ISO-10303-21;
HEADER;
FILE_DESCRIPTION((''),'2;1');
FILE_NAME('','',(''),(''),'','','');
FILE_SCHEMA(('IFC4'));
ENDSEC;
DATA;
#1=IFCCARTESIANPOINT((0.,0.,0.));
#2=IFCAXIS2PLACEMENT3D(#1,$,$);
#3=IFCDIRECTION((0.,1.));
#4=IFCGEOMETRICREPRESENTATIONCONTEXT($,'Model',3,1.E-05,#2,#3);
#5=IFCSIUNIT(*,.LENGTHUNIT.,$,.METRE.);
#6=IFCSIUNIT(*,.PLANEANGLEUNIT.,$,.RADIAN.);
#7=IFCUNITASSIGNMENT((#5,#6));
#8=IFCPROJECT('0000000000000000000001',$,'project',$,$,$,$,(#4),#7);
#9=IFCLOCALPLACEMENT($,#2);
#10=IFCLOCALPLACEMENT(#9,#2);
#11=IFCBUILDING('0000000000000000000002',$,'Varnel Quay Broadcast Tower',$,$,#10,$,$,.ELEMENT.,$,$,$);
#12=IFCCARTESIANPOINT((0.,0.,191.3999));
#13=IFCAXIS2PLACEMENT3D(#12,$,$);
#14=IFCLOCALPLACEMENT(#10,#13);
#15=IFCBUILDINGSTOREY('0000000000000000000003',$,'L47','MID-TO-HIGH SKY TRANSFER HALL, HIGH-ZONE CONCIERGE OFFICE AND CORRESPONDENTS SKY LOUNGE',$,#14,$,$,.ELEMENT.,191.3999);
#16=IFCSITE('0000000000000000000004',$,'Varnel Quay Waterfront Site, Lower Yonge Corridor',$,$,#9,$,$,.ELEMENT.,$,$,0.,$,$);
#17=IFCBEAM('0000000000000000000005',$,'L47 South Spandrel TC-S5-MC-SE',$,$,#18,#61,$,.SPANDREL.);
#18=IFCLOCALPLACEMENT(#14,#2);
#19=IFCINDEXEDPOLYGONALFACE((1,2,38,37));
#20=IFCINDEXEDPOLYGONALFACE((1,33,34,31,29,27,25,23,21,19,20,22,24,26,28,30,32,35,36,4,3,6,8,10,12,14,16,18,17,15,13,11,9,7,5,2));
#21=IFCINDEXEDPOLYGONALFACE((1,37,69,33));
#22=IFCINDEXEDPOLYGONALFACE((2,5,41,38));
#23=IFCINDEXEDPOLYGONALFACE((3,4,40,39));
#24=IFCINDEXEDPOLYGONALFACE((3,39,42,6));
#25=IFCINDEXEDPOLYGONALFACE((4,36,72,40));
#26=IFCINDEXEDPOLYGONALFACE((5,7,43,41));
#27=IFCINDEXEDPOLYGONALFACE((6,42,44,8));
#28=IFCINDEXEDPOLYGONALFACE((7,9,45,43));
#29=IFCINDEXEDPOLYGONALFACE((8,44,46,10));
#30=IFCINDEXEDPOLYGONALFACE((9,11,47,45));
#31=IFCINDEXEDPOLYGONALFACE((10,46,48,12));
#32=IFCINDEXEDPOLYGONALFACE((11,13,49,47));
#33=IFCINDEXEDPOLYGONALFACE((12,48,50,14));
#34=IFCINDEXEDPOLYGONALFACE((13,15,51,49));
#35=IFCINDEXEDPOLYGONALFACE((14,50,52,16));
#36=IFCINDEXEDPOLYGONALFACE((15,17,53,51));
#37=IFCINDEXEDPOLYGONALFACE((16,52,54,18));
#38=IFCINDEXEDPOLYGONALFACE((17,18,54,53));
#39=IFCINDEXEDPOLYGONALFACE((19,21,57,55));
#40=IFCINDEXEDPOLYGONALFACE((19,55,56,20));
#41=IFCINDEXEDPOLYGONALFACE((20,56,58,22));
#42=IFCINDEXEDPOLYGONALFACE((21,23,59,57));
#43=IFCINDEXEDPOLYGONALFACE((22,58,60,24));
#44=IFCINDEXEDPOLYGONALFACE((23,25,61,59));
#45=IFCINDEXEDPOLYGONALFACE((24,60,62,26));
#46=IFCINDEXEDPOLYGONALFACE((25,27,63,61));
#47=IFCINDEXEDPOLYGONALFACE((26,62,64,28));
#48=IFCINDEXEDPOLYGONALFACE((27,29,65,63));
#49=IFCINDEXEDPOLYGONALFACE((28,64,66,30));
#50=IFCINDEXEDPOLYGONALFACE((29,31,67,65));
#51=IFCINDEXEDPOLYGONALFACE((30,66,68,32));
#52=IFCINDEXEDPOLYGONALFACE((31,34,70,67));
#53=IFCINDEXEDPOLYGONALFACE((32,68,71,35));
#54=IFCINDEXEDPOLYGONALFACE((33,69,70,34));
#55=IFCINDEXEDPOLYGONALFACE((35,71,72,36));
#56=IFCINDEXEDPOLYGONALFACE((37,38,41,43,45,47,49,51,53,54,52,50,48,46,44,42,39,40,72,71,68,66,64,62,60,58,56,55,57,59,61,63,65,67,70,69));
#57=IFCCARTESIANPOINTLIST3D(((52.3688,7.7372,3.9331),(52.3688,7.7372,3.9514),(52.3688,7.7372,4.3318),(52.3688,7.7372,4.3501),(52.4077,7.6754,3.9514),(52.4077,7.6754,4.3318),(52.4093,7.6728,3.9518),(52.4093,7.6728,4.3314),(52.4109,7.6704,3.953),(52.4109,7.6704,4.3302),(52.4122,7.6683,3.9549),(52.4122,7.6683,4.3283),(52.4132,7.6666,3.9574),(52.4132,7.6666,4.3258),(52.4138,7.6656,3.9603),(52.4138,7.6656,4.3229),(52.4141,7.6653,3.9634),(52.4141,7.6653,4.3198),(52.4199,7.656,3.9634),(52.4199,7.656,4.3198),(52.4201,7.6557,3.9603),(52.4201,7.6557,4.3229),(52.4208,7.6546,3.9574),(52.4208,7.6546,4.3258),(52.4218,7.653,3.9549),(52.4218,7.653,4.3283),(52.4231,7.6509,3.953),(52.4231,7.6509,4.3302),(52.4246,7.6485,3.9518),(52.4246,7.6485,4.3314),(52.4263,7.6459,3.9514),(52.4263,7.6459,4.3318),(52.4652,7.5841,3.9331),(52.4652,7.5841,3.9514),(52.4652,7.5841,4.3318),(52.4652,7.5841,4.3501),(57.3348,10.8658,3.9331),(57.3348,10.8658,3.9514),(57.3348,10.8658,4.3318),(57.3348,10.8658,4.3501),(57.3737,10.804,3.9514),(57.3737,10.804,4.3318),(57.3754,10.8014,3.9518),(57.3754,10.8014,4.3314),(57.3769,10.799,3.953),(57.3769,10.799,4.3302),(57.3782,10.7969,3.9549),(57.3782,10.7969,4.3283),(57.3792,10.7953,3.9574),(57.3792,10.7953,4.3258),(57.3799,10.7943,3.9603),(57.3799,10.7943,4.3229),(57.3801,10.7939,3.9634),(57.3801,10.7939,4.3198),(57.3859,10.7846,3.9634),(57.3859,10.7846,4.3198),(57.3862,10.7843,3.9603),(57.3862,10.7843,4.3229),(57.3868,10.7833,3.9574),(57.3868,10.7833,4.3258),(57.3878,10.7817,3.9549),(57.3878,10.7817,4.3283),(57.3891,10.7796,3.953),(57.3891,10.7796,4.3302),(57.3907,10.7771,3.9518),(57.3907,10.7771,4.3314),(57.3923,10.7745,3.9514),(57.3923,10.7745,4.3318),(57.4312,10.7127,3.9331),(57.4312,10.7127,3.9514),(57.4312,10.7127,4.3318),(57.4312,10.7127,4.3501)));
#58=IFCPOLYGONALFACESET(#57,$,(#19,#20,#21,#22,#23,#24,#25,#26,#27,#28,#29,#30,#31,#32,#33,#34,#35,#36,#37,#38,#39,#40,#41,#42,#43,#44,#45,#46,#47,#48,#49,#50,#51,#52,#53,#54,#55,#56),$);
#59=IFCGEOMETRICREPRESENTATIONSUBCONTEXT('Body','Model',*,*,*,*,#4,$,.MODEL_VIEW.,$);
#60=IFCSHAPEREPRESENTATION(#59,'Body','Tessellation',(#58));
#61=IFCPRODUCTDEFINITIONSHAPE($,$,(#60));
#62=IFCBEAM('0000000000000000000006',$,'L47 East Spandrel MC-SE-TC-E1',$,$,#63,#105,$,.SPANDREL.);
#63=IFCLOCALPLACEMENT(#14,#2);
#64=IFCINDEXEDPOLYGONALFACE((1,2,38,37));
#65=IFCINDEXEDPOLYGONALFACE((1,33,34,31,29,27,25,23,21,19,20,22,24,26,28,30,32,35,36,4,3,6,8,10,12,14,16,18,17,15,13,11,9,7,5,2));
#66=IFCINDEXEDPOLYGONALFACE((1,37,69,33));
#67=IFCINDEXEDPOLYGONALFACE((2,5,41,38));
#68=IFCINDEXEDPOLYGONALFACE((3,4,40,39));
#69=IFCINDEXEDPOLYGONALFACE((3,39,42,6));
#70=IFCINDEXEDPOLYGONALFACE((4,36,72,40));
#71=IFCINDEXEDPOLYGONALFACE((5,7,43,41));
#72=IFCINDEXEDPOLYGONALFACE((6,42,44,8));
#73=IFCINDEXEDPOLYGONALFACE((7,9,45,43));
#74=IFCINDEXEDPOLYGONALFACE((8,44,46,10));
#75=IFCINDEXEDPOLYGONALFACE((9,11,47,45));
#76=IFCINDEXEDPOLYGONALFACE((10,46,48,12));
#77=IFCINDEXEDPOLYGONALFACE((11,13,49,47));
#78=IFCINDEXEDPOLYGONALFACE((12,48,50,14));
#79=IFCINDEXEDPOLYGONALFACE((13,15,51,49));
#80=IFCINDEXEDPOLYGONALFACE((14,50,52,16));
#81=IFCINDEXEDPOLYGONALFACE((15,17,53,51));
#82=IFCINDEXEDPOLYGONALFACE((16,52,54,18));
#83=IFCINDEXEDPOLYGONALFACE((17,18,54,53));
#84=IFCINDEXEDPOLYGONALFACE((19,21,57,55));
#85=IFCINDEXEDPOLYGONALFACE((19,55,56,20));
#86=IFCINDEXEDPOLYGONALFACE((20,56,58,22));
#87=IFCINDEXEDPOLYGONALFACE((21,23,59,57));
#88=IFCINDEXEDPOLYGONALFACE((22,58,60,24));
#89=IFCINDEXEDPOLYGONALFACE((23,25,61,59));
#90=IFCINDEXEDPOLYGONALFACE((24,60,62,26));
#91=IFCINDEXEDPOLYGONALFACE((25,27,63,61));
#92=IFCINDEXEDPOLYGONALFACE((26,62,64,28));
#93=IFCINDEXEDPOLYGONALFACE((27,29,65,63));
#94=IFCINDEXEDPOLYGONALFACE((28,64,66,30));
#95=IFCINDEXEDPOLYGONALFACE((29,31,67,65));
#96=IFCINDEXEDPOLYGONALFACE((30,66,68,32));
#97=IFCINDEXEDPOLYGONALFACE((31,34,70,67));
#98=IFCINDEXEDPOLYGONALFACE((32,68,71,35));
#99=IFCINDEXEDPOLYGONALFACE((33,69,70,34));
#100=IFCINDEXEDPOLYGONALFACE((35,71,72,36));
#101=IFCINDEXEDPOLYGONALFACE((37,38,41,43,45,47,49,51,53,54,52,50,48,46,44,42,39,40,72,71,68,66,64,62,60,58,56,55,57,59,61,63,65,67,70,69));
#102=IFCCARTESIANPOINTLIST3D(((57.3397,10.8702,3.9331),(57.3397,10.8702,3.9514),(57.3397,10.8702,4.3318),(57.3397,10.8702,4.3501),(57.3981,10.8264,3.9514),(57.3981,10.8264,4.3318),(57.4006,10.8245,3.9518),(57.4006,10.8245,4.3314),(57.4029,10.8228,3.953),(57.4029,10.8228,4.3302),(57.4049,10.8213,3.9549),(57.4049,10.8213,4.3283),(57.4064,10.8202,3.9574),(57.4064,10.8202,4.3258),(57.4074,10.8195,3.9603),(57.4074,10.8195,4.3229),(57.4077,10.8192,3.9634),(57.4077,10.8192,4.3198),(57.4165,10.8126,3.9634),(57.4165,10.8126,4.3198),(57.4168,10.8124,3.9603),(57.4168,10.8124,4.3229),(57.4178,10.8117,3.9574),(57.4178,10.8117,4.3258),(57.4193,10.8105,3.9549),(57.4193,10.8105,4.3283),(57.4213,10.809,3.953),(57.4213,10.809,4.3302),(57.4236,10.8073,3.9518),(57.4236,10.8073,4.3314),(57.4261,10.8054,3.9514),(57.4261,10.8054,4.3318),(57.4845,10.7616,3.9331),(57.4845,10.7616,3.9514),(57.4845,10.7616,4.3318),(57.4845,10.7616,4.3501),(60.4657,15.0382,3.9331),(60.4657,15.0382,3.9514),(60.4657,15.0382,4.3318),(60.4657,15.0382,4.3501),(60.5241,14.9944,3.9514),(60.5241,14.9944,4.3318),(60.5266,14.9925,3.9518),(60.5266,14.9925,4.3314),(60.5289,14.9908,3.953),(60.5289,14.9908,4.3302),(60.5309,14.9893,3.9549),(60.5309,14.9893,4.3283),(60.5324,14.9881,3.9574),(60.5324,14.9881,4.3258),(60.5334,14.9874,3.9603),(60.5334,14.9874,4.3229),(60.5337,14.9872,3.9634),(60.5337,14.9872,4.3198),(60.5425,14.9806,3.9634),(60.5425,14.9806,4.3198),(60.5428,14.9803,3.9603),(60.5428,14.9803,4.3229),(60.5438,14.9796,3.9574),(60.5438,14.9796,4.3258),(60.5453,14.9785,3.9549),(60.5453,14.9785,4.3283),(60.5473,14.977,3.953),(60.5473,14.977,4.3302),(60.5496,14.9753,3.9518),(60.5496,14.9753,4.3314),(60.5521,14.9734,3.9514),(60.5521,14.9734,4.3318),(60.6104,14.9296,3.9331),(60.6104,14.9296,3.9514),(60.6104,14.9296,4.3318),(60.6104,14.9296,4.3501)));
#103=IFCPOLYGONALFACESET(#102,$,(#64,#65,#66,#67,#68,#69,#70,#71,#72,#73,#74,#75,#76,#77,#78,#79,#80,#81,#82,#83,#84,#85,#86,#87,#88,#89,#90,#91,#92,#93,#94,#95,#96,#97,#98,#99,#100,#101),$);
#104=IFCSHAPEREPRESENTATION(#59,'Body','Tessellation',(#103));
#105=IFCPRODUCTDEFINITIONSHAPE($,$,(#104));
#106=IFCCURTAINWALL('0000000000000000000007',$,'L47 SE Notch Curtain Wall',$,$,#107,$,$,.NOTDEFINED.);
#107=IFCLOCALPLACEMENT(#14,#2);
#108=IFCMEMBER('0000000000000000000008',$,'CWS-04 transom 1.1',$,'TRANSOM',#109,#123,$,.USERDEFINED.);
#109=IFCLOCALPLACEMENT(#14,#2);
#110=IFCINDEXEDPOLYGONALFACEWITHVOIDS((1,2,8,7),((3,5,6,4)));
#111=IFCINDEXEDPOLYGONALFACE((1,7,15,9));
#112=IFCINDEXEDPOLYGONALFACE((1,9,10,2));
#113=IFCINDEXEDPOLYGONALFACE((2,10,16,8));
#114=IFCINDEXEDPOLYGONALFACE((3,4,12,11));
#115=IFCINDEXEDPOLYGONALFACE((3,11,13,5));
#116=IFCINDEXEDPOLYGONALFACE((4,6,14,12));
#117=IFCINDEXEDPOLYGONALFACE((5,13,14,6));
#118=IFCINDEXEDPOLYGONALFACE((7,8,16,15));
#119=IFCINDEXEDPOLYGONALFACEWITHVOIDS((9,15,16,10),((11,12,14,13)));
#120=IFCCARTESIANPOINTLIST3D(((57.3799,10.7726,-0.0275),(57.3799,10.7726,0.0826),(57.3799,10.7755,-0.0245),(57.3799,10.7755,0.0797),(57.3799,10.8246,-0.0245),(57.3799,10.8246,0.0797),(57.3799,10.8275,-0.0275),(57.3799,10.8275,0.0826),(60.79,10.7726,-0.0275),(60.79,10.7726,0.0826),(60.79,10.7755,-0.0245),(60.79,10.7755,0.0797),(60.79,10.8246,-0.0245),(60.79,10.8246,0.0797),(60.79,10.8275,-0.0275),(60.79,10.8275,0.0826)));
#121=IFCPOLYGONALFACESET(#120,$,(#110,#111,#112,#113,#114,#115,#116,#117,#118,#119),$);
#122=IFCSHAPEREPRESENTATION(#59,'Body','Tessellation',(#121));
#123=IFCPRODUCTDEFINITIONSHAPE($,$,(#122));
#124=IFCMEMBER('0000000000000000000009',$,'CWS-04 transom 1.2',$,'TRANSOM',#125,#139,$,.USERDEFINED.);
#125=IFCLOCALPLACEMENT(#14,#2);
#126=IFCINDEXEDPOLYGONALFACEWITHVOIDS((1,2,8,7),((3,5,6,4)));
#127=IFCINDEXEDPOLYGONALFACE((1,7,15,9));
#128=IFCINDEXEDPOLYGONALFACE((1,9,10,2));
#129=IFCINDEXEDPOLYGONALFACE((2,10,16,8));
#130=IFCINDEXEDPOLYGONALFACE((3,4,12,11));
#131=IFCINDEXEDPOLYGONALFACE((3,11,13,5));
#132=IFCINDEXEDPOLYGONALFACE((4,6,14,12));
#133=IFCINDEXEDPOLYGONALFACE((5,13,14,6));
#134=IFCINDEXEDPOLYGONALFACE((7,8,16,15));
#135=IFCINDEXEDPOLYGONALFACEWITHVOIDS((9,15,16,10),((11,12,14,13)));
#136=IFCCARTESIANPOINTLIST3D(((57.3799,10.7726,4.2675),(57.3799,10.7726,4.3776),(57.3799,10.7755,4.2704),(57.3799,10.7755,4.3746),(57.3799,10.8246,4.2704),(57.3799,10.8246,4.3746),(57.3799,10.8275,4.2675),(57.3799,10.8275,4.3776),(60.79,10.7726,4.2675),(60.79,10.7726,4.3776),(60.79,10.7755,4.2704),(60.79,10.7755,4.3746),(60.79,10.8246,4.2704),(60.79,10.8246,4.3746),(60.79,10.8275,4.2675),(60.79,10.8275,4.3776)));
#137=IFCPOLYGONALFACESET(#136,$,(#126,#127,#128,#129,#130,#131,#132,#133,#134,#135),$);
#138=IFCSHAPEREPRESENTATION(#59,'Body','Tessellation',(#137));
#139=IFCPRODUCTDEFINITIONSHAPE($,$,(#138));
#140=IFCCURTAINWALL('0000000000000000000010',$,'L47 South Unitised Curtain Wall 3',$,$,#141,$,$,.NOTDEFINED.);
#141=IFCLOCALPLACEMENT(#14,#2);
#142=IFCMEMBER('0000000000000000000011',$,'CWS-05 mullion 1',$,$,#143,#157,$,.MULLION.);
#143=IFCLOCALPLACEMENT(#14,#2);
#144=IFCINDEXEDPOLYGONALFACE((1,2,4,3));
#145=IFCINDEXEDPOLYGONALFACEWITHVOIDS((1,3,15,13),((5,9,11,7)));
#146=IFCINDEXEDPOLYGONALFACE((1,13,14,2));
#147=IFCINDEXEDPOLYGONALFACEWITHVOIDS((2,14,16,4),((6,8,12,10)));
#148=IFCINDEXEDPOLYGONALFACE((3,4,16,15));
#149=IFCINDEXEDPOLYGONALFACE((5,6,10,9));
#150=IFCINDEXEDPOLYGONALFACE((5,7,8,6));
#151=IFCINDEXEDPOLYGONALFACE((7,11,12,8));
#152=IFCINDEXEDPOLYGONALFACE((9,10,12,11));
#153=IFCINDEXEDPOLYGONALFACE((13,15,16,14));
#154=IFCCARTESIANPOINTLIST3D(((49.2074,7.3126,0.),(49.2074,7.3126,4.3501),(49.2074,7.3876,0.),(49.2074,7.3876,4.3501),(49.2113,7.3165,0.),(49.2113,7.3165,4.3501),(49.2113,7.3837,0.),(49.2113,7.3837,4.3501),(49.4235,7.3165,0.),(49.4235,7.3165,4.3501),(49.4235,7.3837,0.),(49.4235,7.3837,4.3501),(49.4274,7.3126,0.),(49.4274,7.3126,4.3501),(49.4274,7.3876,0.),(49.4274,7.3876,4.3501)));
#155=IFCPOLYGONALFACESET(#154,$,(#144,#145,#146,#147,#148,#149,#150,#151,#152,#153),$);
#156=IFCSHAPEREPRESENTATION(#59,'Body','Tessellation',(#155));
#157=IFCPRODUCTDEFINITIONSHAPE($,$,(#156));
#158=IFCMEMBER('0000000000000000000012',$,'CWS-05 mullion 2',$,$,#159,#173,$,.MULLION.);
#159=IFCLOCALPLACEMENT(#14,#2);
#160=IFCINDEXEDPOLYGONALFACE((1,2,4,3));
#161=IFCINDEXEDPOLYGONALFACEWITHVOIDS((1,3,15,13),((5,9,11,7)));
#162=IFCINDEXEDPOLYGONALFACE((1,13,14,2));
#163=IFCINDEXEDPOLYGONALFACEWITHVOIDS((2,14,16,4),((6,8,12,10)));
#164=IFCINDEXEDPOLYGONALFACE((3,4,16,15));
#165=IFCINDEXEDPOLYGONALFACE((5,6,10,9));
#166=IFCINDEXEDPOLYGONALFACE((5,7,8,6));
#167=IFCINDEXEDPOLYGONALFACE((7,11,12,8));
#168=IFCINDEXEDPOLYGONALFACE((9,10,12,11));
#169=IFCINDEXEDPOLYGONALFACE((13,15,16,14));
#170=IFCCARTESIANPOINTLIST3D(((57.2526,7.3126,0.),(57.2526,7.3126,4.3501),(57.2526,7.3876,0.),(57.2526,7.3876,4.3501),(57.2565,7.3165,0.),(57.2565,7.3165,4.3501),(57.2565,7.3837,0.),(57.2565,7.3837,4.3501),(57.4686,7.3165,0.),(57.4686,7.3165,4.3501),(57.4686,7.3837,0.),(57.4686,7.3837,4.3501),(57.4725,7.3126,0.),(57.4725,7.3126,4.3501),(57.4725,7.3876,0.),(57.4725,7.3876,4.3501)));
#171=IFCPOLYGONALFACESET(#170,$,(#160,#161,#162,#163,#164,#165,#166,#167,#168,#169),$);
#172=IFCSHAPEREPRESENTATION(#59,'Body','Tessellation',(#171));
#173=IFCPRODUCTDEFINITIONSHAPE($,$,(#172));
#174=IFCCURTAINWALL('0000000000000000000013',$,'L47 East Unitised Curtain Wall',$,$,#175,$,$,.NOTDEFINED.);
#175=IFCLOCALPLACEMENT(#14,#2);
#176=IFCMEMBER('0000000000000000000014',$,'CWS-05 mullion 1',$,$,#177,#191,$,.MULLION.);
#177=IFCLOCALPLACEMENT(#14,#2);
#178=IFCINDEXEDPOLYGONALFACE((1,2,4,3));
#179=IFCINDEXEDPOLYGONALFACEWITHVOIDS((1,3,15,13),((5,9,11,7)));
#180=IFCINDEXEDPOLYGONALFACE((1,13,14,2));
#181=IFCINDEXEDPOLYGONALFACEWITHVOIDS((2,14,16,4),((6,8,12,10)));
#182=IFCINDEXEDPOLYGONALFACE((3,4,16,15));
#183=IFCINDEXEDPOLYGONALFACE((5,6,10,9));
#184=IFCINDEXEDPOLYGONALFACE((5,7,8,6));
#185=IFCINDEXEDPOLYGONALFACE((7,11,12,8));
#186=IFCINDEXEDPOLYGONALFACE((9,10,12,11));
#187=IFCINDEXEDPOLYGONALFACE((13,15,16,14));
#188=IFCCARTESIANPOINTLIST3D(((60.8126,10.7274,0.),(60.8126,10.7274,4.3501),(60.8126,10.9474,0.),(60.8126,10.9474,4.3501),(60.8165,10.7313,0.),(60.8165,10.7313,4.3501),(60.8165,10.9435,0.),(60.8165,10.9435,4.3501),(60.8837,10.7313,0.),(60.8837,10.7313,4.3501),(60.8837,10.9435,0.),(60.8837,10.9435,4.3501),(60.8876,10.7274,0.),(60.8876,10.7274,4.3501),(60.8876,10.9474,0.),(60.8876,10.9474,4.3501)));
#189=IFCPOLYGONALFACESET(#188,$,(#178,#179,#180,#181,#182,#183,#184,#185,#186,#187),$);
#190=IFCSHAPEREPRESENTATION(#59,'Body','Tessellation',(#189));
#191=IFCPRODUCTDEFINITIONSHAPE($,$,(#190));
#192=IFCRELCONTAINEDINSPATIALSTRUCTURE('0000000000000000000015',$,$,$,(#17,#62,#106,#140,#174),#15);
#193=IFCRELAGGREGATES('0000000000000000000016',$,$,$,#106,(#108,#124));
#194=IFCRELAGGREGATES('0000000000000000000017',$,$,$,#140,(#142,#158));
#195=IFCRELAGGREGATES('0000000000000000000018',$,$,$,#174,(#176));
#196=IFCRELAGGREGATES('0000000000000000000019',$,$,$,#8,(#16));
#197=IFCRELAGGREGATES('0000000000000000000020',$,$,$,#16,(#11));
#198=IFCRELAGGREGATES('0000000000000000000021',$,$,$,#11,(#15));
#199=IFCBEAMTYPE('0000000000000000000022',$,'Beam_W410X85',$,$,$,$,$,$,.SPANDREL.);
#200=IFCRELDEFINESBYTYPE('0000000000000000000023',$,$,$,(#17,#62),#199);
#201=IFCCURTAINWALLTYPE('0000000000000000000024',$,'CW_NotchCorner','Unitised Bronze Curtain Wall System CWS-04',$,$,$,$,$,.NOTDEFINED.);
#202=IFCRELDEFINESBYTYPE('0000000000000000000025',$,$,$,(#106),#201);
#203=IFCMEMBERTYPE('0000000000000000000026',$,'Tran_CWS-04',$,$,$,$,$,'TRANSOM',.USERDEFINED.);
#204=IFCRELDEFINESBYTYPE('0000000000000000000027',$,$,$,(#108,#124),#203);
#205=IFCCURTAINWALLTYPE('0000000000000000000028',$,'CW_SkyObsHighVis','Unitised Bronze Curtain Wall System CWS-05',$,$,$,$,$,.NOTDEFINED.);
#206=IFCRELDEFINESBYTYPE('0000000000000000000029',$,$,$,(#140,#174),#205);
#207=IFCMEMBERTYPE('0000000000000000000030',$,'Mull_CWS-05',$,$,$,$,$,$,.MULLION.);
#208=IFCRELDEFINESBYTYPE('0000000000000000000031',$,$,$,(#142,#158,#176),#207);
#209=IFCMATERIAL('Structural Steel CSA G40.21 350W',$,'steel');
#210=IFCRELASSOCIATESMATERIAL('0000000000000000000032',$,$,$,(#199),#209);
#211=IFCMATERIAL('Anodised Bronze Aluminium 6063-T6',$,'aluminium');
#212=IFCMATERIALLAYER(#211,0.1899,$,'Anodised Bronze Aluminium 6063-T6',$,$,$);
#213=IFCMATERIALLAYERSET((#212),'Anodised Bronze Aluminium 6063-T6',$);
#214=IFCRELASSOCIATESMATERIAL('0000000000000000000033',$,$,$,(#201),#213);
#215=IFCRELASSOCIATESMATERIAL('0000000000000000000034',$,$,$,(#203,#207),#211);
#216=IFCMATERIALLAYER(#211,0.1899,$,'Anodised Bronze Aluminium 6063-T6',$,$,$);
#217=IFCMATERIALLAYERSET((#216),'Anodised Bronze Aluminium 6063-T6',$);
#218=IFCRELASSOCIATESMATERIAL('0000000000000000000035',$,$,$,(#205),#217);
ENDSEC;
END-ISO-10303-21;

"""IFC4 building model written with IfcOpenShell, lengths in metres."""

from ifc_helpers import new_model, si_unit, direction, frame, origin, origin_2d, place, context, subcontext, project, spatial, hollow_rectangle, i_section, extrude, source, transform, mapped, material, layer, layer_set, material_profile, profile_set, type_object, type_shapes, element, aggregate, save


model = new_model("IFC4")

# Units and contexts
model_context = context("Model", 3, precision=1e-05, world=origin(), true_north=direction((0.0, 1.0)))
body_context = subcontext(model_context, "Body", "Model", "MODEL_VIEW")
ifc_project = project(units=[si_unit("LENGTHUNIT", "METRE"), si_unit("PLANEANGLEUNIT", "RADIAN")], contexts=[model_context])

# Site, building, storey
site_placement = place(None, origin())
site = spatial("IfcSite", under=ifc_project, at=site_placement, Name="Varnel Quay Waterfront Site, Lower Yonge Corridor", CompositionType="ELEMENT", RefElevation=0.0)
building_placement = place(site_placement, origin())
building = spatial("IfcBuilding", under=site, at=building_placement, Name="Varnel Quay Broadcast Tower", CompositionType="ELEMENT")
storey_placement = place(building_placement, frame((0.0, 0.0, 191.3999)))
storey = spatial("IfcBuildingStorey", under=building, at=storey_placement, Name="L47", Description="MID-TO-HIGH SKY TRANSFER HALL, HIGH-ZONE CONCIERGE OFFICE AND CORRESPONDENTS SKY LOUNGE", CompositionType="ELEMENT", Elevation=191.3999)

# Shared definitions
ifc_material_1 = material(Name="Structural Steel CSA G40.21 350W", Category="steel")

# Beams
ifc_material_profile_1 = material_profile(ifc_material_1, i_section(OverallWidth=0.1809, OverallDepth=0.417, WebThickness=0.011, FlangeThickness=0.0183, FilletRadius=0.012, at=origin_2d()), Name="W410X85")
ifc_profile_set_1 = profile_set([ifc_material_profile_1], Name="Structural Steel CSA G40.21 350W")
beam_type = type_object("IfcBeamType", Name="Beam_W410X85", PredefinedType="SPANDREL", material=ifc_profile_set_1)
shared_shape_1 = source(origin(), body_context, "Body", "SweptSolid", [
    extrude(i_section(OverallWidth=0.1809, OverallDepth=0.417, WebThickness=0.011, FlangeThickness=0.0183, FilletRadius=0.012, at=origin_2d()), origin(), (0.0, 0.0, 1.0), 5.8694),
])
beam_1_placement = place(storey_placement, frame((52.417, 7.6606, 4.1416), z_axis=(0.846088, 0.533043, 0.0), x_axis=(-0.533043, 0.846088, 0.0)))
element("IfcBeam", 1, at=beam_1_placement, inside=storey, type_object=beam_type, Name="L47 South Spandrel TC-S5-MC-SE", PredefinedType="SPANDREL", context=body_context, shape_type="MappedRepresentation", body=[
    mapped(shared_shape_1, transform((0.0, 0.0, 0.0), x_axis=(1.0, 0.0, 0.0), y_axis=(0.0, 1.0, 0.0), z_axis=(0.0, 0.0, 1.0), scale=1.0)),
])
shared_shape_2 = source(origin(), body_context, "Body", "SweptSolid", [
    extrude(i_section(OverallWidth=0.1809, OverallDepth=0.417, WebThickness=0.011, FlangeThickness=0.0183, FilletRadius=0.012, at=origin_2d()), origin(), (0.0, 0.0, 1.0), 5.21),
])
beam_2_placement = place(storey_placement, frame((57.4121, 10.8159, 4.1416), z_axis=(0.6, 0.8, 0.0), x_axis=(-0.8, 0.6, 0.0)))
element("IfcBeam", 2, at=beam_2_placement, inside=storey, type_object=beam_type, Name="L47 East Spandrel MC-SE-TC-E1", PredefinedType="SPANDREL", context=body_context, shape_type="MappedRepresentation", body=[
    mapped(shared_shape_2, transform((0.0, 0.0, 0.0), x_axis=(1.0, 0.0, 0.0), y_axis=(0.0, 1.0, 0.0), z_axis=(0.0, 0.0, 1.0), scale=1.0)),
])

# Curtain walls, members
ifc_material_2 = material(Name="Anodised Bronze Aluminium 6063-T6", Category="aluminium")
ifc_layer_1 = layer(ifc_material_2, 0.1899, Name="Anodised Bronze Aluminium 6063-T6")
ifc_layer_set_1 = layer_set([ifc_layer_1], Name="Anodised Bronze Aluminium 6063-T6")
curtain_wall_type_1 = type_object("IfcCurtainWallType", Name="CW_NotchCorner", Description="Unitised Bronze Curtain Wall System CWS-04", PredefinedType="NOTDEFINED", material=ifc_layer_set_1)
curtain_wall_1_placement = place(storey_placement, origin())
curtain_wall_1 = element("IfcCurtainWall", 3, at=curtain_wall_1_placement, inside=storey, type_object=curtain_wall_type_1, Name="L47 SE Notch Curtain Wall", PredefinedType="NOTDEFINED")
ifc_material_profile_2 = material_profile(ifc_material_2, hollow_rectangle(XDim=0.0549, YDim=0.1101, WallThickness=0.0029, at=origin_2d()), Name="ALU55X110X3")
ifc_profile_set_2 = profile_set([ifc_material_profile_2], Name="Anodised Bronze Aluminium 6063-T6")
member_type_1 = type_object("IfcMemberType", Name="Tran_CWS-04", ElementType="TRANSOM", PredefinedType="USERDEFINED", material=ifc_profile_set_2)
shared_shape_3 = source(origin(), body_context, "Body", "SweptSolid", [
    extrude(hollow_rectangle(XDim=0.0549, YDim=0.1101, WallThickness=0.0029, at=origin_2d()), origin(), (0.0, 0.0, 1.0), 3.4102),
])
type_shapes(member_type_1, [shared_shape_3])
member_1_placement = place(storey_placement, frame((57.3799, 10.8, 0.0276), z_axis=(1.0, 0.0, 0.0), x_axis=(0.0, 1.0, 0.0)))
member_1 = element("IfcMember", 4, at=member_1_placement, type_object=member_type_1, Name="CWS-04 transom 1.1", ObjectType="TRANSOM", PredefinedType="USERDEFINED", context=body_context, shape_type="MappedRepresentation", body=[
    mapped(shared_shape_3, transform((0.0, 0.0, 0.0), x_axis=(1.0, 0.0, 0.0), y_axis=(0.0, 1.0, 0.0), z_axis=(0.0, 0.0, 1.0), scale=1.0)),
])
member_2_placement = place(storey_placement, frame((57.3799, 10.8, 4.3225), z_axis=(1.0, 0.0, 0.0), x_axis=(0.0, 1.0, 0.0)))
member_2 = element("IfcMember", 5, at=member_2_placement, type_object=member_type_1, Name="CWS-04 transom 1.2", ObjectType="TRANSOM", PredefinedType="USERDEFINED", context=body_context, shape_type="MappedRepresentation", body=[
    mapped(shared_shape_3, transform((0.0, 0.0, 0.0), x_axis=(1.0, 0.0, 0.0), y_axis=(0.0, 1.0, 0.0), z_axis=(0.0, 0.0, 1.0), scale=1.0)),
])
ifc_layer_2 = layer(ifc_material_2, 0.1899, Name="Anodised Bronze Aluminium 6063-T6")
ifc_layer_set_2 = layer_set([ifc_layer_2], Name="Anodised Bronze Aluminium 6063-T6")
curtain_wall_type_2 = type_object("IfcCurtainWallType", Name="CW_SkyObsHighVis", Description="Unitised Bronze Curtain Wall System CWS-05", PredefinedType="NOTDEFINED", material=ifc_layer_set_2)
curtain_wall_2_placement = place(storey_placement, origin())
curtain_wall_2 = element("IfcCurtainWall", 6, at=curtain_wall_2_placement, inside=storey, type_object=curtain_wall_type_2, Name="L47 South Unitised Curtain Wall 3", PredefinedType="NOTDEFINED")
ifc_material_profile_3 = material_profile(ifc_material_2, hollow_rectangle(XDim=0.075, YDim=0.22, WallThickness=0.0039, at=origin_2d()), Name="ALU75X220X4")
ifc_profile_set_3 = profile_set([ifc_material_profile_3], Name="Anodised Bronze Aluminium 6063-T6")
member_type_2 = type_object("IfcMemberType", Name="Mull_CWS-05", PredefinedType="MULLION", material=ifc_profile_set_3)
shared_shape_4 = source(origin(), body_context, "Body", "SweptSolid", [
    extrude(hollow_rectangle(XDim=0.075, YDim=0.22, WallThickness=0.0039, at=origin_2d()), origin(), (0.0, 0.0, 1.0), 4.3501),
])
type_shapes(member_type_2, [shared_shape_4])
member_3_placement = place(storey_placement, frame((49.3174, 7.3501, 0.0), z_axis=(0.0, 0.0, 1.0), x_axis=(0.0, 1.0, 0.0)))
member_3 = element("IfcMember", 7, at=member_3_placement, type_object=member_type_2, Name="CWS-05 mullion 1", PredefinedType="MULLION", context=body_context, shape_type="MappedRepresentation", body=[
    mapped(shared_shape_4, transform((0.0, 0.0, 0.0), x_axis=(1.0, 0.0, 0.0), y_axis=(0.0, 1.0, 0.0), z_axis=(0.0, 0.0, 1.0), scale=1.0)),
])
member_4_placement = place(storey_placement, frame((57.3625, 7.3501, 0.0), z_axis=(0.0, 0.0, 1.0), x_axis=(0.0, 1.0, 0.0)))
member_4 = element("IfcMember", 8, at=member_4_placement, type_object=member_type_2, Name="CWS-05 mullion 2", PredefinedType="MULLION", context=body_context, shape_type="MappedRepresentation", body=[
    mapped(shared_shape_4, transform((0.0, 0.0, 0.0), x_axis=(1.0, 0.0, 0.0), y_axis=(0.0, 1.0, 0.0), z_axis=(0.0, 0.0, 1.0), scale=1.0)),
])
curtain_wall_3_placement = place(storey_placement, origin())
curtain_wall_3 = element("IfcCurtainWall", 9, at=curtain_wall_3_placement, inside=storey, type_object=curtain_wall_type_2, Name="L47 East Unitised Curtain Wall", PredefinedType="NOTDEFINED")
member_5_placement = place(storey_placement, frame((60.8501, 10.8374, 0.0), z_axis=(0.0, 0.0, 1.0), x_axis=(-1.0, 0.0, 0.0)))
member_5 = element("IfcMember", 10, at=member_5_placement, type_object=member_type_2, Name="CWS-05 mullion 1", PredefinedType="MULLION", context=body_context, shape_type="MappedRepresentation", body=[
    mapped(shared_shape_4, transform((0.0, 0.0, 0.0), x_axis=(1.0, 0.0, 0.0), y_axis=(0.0, 1.0, 0.0), z_axis=(0.0, 0.0, 1.0), scale=1.0)),
])

aggregate(curtain_wall_1, [member_1, member_2])
aggregate(curtain_wall_2, [member_3, member_4])
aggregate(curtain_wall_3, [member_5])

save(model, "model.ifc")
